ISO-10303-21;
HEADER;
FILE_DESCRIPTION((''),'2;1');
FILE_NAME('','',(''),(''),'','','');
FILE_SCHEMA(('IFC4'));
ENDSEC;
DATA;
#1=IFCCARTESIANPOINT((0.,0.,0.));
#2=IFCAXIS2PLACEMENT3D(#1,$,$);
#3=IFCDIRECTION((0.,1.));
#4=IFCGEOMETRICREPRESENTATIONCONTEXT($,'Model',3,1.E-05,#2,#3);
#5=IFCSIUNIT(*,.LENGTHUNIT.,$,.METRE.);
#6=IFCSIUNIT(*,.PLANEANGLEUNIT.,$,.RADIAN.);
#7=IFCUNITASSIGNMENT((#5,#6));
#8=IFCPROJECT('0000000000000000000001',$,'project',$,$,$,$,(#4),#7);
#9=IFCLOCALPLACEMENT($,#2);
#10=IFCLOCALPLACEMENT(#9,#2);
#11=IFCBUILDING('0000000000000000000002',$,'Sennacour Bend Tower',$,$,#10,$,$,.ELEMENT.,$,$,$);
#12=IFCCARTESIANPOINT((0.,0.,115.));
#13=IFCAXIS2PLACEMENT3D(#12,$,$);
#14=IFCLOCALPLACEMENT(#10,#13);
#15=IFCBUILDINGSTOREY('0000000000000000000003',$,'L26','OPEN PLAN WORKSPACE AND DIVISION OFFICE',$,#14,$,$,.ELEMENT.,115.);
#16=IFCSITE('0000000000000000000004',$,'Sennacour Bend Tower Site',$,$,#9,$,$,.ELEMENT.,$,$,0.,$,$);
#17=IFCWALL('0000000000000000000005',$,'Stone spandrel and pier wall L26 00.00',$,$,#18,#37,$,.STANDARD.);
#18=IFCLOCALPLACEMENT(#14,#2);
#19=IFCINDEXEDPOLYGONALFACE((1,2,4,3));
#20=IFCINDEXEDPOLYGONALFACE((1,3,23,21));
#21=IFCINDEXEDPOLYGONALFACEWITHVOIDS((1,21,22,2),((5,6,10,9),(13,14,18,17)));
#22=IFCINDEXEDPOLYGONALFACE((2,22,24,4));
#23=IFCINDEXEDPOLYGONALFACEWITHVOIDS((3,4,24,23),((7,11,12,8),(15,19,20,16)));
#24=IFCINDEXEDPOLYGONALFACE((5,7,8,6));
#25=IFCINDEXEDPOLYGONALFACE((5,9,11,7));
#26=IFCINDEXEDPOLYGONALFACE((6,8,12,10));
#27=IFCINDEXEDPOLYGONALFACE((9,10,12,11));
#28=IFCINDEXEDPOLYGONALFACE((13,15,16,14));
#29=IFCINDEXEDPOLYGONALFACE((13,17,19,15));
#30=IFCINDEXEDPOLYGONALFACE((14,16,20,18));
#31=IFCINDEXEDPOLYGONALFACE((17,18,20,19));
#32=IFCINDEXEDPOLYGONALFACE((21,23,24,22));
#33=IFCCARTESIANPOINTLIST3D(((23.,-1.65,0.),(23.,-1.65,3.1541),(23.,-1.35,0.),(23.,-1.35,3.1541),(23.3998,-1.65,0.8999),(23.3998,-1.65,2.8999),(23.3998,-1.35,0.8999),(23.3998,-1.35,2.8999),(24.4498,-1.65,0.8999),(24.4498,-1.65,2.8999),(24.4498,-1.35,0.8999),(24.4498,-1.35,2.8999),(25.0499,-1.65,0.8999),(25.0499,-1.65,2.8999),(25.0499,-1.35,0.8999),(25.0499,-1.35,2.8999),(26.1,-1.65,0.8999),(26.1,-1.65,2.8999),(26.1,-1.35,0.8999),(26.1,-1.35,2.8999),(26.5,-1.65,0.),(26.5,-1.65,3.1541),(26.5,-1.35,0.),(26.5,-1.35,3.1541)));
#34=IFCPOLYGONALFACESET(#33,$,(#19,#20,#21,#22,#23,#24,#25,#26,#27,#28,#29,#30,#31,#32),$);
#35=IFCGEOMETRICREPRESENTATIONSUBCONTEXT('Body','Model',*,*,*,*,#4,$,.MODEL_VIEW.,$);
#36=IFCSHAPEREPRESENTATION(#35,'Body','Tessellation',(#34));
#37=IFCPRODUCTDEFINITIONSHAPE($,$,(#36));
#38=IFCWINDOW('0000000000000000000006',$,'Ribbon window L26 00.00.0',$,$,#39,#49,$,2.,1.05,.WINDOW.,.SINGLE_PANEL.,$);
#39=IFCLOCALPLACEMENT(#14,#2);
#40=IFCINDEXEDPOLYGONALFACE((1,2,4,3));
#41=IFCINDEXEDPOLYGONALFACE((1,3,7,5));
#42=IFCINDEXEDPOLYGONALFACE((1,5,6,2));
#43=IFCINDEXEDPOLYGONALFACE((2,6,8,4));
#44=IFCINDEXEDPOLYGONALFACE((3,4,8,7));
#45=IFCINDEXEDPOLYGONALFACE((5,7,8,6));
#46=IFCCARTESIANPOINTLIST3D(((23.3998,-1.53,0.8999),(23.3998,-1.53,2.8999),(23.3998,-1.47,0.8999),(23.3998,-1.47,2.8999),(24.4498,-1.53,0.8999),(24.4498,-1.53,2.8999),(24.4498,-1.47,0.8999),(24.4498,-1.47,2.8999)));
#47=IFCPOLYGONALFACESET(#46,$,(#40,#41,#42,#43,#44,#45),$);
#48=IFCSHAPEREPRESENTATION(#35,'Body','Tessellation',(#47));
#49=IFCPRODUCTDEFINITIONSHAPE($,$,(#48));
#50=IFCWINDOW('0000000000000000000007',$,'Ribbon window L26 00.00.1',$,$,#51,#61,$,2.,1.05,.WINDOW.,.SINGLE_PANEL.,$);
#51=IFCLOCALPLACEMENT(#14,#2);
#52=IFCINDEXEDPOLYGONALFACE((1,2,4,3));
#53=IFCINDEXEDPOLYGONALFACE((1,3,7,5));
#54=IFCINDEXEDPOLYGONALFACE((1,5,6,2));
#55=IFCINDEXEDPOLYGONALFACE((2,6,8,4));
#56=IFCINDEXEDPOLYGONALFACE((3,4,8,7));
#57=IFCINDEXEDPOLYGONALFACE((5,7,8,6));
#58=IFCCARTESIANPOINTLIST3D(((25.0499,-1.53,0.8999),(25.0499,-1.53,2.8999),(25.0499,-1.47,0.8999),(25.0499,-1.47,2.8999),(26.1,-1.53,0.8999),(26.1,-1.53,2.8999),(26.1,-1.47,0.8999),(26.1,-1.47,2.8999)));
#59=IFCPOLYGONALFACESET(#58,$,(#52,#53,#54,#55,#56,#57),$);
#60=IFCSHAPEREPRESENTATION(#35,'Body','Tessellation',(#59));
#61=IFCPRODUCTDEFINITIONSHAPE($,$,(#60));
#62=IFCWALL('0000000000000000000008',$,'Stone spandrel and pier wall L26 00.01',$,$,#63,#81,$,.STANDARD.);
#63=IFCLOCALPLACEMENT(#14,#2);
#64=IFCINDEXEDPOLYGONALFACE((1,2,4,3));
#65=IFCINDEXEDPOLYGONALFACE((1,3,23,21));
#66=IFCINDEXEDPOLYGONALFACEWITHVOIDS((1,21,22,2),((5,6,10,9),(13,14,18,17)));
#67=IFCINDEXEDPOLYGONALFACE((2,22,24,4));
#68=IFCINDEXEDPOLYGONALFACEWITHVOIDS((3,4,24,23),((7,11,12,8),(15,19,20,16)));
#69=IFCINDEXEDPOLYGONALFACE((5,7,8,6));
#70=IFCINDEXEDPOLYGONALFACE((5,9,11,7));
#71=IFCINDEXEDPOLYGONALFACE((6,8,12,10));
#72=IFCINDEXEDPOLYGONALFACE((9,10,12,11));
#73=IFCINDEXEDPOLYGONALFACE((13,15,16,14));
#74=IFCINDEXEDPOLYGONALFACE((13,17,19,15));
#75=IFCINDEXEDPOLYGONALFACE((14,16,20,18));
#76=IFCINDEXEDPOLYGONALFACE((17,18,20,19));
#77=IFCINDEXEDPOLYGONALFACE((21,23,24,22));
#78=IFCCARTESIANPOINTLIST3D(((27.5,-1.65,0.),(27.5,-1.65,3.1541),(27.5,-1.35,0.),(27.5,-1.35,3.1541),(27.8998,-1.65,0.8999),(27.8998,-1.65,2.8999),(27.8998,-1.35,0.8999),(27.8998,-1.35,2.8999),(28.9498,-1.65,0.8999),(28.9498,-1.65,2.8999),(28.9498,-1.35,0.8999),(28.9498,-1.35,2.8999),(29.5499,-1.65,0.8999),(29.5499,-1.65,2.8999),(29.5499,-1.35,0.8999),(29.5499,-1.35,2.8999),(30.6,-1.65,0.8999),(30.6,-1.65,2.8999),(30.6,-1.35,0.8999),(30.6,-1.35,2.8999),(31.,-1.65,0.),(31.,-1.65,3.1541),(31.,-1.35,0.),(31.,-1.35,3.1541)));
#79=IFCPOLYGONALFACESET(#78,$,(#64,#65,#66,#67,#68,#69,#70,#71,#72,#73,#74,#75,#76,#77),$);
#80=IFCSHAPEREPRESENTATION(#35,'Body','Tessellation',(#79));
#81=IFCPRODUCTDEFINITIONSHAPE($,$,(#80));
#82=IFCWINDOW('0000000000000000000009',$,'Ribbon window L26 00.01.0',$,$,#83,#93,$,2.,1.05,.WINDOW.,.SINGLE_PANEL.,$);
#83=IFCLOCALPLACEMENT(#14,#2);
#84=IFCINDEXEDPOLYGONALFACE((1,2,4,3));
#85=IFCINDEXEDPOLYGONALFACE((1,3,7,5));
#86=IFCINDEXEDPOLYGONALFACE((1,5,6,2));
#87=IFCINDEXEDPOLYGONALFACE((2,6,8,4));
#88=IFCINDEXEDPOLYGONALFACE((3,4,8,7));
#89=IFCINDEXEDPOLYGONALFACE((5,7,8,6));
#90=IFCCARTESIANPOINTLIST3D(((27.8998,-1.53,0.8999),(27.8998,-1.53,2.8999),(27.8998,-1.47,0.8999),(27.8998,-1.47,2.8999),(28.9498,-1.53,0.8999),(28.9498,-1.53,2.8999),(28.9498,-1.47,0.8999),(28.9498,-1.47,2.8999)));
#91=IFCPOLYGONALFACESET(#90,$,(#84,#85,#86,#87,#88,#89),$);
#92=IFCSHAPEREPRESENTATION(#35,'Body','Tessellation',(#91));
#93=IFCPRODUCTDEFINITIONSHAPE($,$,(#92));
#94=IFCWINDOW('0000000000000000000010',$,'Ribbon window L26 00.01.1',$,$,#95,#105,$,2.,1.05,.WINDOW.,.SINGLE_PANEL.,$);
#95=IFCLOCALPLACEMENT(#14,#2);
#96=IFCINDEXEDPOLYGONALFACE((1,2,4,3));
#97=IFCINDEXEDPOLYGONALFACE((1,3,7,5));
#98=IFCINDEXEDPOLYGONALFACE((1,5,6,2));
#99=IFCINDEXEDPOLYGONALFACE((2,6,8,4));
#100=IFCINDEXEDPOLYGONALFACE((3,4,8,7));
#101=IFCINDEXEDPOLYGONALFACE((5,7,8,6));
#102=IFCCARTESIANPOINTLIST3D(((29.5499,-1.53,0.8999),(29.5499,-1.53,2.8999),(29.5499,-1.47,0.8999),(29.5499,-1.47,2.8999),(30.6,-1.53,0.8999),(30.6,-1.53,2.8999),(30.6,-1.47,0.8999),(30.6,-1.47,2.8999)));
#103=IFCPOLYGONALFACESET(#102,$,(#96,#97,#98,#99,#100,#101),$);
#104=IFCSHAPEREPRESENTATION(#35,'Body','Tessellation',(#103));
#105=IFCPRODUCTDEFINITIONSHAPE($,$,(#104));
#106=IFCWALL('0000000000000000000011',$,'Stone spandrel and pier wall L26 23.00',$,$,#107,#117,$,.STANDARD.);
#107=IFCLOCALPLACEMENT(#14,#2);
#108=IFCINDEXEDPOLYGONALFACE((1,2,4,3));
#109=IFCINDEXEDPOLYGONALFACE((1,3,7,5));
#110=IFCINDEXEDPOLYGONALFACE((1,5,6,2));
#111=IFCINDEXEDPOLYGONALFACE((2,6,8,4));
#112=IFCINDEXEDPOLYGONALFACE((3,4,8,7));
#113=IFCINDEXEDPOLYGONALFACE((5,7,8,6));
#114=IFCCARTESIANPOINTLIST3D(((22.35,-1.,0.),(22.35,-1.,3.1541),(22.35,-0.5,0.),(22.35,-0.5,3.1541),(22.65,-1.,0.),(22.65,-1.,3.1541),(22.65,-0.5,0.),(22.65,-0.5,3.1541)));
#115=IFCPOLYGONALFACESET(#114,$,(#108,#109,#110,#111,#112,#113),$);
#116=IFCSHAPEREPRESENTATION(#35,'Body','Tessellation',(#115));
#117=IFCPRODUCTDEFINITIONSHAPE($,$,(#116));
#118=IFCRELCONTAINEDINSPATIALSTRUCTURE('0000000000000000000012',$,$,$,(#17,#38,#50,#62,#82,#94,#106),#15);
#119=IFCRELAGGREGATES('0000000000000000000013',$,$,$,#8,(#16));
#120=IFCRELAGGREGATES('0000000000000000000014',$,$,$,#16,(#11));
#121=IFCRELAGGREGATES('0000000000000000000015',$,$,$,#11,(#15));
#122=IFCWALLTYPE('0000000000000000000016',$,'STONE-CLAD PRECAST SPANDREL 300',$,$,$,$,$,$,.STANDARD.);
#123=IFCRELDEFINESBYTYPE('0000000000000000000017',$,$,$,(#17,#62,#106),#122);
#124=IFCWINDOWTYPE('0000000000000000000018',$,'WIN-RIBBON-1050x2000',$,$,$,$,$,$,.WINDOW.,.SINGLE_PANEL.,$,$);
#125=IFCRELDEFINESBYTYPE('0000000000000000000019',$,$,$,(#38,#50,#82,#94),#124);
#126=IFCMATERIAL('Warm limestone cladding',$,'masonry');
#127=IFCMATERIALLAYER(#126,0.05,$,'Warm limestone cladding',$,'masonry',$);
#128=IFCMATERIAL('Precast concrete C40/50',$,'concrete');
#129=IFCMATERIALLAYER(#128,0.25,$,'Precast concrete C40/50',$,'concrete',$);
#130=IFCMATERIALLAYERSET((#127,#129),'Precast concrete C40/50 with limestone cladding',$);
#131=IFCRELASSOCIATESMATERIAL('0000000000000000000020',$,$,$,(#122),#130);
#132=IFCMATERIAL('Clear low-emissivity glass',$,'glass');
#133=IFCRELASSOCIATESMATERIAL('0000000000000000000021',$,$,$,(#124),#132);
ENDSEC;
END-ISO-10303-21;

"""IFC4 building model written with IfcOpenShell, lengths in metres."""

from ifc_helpers import new_model, si_unit, direction, frame, frame_2d, origin, place, context, subcontext, project, spatial, rectangle, extrude, material, layer, layer_set, type_object, element, fill, save


model = new_model("IFC4")

# Units and contexts
model_context = context("Model", 3, precision=1e-05, world=origin(), true_north=direction((0.0, 1.0)))
body_context = subcontext(model_context, "Body", "Model", "MODEL_VIEW")
ifc_project = project(units=[si_unit("LENGTHUNIT", "METRE"), si_unit("PLANEANGLEUNIT", "RADIAN")], contexts=[model_context])

# Site, building, storey
site_placement = place(None, origin())
site = spatial("IfcSite", under=ifc_project, at=site_placement, Name="Sennacour Bend Tower Site", CompositionType="ELEMENT", RefElevation=0.0)
building_placement = place(site_placement, origin())
building = spatial("IfcBuilding", under=site, at=building_placement, Name="Sennacour Bend Tower", CompositionType="ELEMENT")
storey_placement = place(building_placement, frame((0.0, 0.0, 115.0)))
storey = spatial("IfcBuildingStorey", under=building, at=storey_placement, Name="L26", Description="OPEN PLAN WORKSPACE AND DIVISION OFFICE", CompositionType="ELEMENT", Elevation=115.0)

# Walls, openings, windows
ifc_material_1 = material(Name="Warm limestone cladding", Category="masonry")
ifc_layer_1 = layer(ifc_material_1, 0.05, Name="Warm limestone cladding", Category="masonry")
ifc_material_2 = material(Name="Precast concrete C40/50", Category="concrete")
ifc_layer_2 = layer(ifc_material_2, 0.25, Name="Precast concrete C40/50", Category="concrete")
ifc_layer_set_1 = layer_set([ifc_layer_1, ifc_layer_2], Name="Precast concrete C40/50 with limestone cladding")
wall_type_1 = type_object("IfcWallType", Name="STONE-CLAD PRECAST SPANDREL 300", PredefinedType="STANDARD", material=ifc_layer_set_1)
wall_1_placement = place(storey_placement, frame((23.0, -1.5, 0.0), z_axis=(0.0, 0.0, 1.0), x_axis=(1.0, 0.0, 0.0)))
wall_1 = element("IfcWall", 1, at=wall_1_placement, inside=storey, type_object=wall_type_1, Name="Stone spandrel and pier wall L26 00.00", PredefinedType="STANDARD", context=body_context, shape_type="SweptSolid", body=[
    extrude(rectangle(XDim=3.5, YDim=0.3, at=frame_2d((1.75, 0.0))), origin(), (0.0, 0.0, 1.0), 3.1541),
])
opening_1_placement = place(wall_1_placement, frame((0.3999, 0.0, 0.8999)))
opening_1 = element("IfcOpeningElement", 2, at=opening_1_placement, cuts=wall_1, PredefinedType="OPENING", context=body_context, shape_type="SweptSolid", body=[
    extrude(rectangle(XDim=1.05, YDim=2.0, at=frame_2d((0.5249, 1.0))), frame((0.0, 0.1602, 0.0), z_axis=(0.0, -1.0, 0.0), x_axis=(1.0, 0.0, 0.0)), (0.0, 0.0, 1.0), 0.3201),
])
opening_2_placement = place(wall_1_placement, frame((2.05, 0.0, 0.8999)))
opening_2 = element("IfcOpeningElement", 3, at=opening_2_placement, cuts=wall_1, PredefinedType="OPENING", context=body_context, shape_type="SweptSolid", body=[
    extrude(rectangle(XDim=1.05, YDim=2.0, at=frame_2d((0.5249, 1.0))), frame((0.0, 0.1602, 0.0), z_axis=(0.0, -1.0, 0.0), x_axis=(1.0, 0.0, 0.0)), (0.0, 0.0, 1.0), 0.3201),
])
ifc_material_3 = material(Name="Clear low-emissivity glass", Category="glass")
window_type = type_object("IfcWindowType", Name="WIN-RIBBON-1050x2000", PartitioningType="SINGLE_PANEL", PredefinedType="WINDOW", material=ifc_material_3)
window_1_placement = place(opening_1_placement, origin())
window_1 = element("IfcWindow", 4, at=window_1_placement, inside=storey, type_object=window_type, Name="Ribbon window L26 00.00.0", OverallHeight=2.0, OverallWidth=1.05, PartitioningType="SINGLE_PANEL", PredefinedType="WINDOW", context=body_context, shape_type="SweptSolid", body=[
    extrude(rectangle(XDim=1.05, YDim=2.0, at=frame_2d((0.5249, 1.0))), frame((0.0, 0.03, 0.0), z_axis=(0.0, -1.0, 0.0), x_axis=(1.0, 0.0, 0.0)), (0.0, 0.0, 1.0), 0.0601),
])
fill(opening_1, window_1)
window_2_placement = place(opening_2_placement, origin())
window_2 = element("IfcWindow", 5, at=window_2_placement, inside=storey, type_object=window_type, Name="Ribbon window L26 00.00.1", OverallHeight=2.0, OverallWidth=1.05, PartitioningType="SINGLE_PANEL", PredefinedType="WINDOW", context=body_context, shape_type="SweptSolid", body=[
    extrude(rectangle(XDim=1.05, YDim=2.0, at=frame_2d((0.5249, 1.0))), frame((0.0, 0.03, 0.0), z_axis=(0.0, -1.0, 0.0), x_axis=(1.0, 0.0, 0.0)), (0.0, 0.0, 1.0), 0.0601),
])
fill(opening_2, window_2)
wall_2_placement = place(storey_placement, frame((27.5, -1.5, 0.0), z_axis=(0.0, 0.0, 1.0), x_axis=(1.0, 0.0, 0.0)))
wall_2 = element("IfcWall", 6, at=wall_2_placement, inside=storey, type_object=wall_type_1, Name="Stone spandrel and pier wall L26 00.01", PredefinedType="STANDARD", context=body_context, shape_type="SweptSolid", body=[
    extrude(rectangle(XDim=3.5, YDim=0.3, at=frame_2d((1.75, 0.0))), origin(), (0.0, 0.0, 1.0), 3.1541),
])
opening_3_placement = place(wall_2_placement, frame((0.3999, 0.0, 0.8999)))
opening_3 = element("IfcOpeningElement", 7, at=opening_3_placement, cuts=wall_2, PredefinedType="OPENING", context=body_context, shape_type="SweptSolid", body=[
    extrude(rectangle(XDim=1.05, YDim=2.0, at=frame_2d((0.5249, 1.0))), frame((0.0, 0.1602, 0.0), z_axis=(0.0, -1.0, 0.0), x_axis=(1.0, 0.0, 0.0)), (0.0, 0.0, 1.0), 0.3201),
])
opening_4_placement = place(wall_2_placement, frame((2.05, 0.0, 0.8999)))
opening_4 = element("IfcOpeningElement", 8, at=opening_4_placement, cuts=wall_2, PredefinedType="OPENING", context=body_context, shape_type="SweptSolid", body=[
    extrude(rectangle(XDim=1.05, YDim=2.0, at=frame_2d((0.5249, 1.0))), frame((0.0, 0.1602, 0.0), z_axis=(0.0, -1.0, 0.0), x_axis=(1.0, 0.0, 0.0)), (0.0, 0.0, 1.0), 0.3201),
])
window_3_placement = place(opening_3_placement, origin())
window_3 = element("IfcWindow", 9, at=window_3_placement, inside=storey, type_object=window_type, Name="Ribbon window L26 00.01.0", OverallHeight=2.0, OverallWidth=1.05, PartitioningType="SINGLE_PANEL", PredefinedType="WINDOW", context=body_context, shape_type="SweptSolid", body=[
    extrude(rectangle(XDim=1.05, YDim=2.0, at=frame_2d((0.5249, 1.0))), frame((0.0, 0.03, 0.0), z_axis=(0.0, -1.0, 0.0), x_axis=(1.0, 0.0, 0.0)), (0.0, 0.0, 1.0), 0.0601),
])
fill(opening_3, window_3)
window_4_placement = place(opening_4_placement, origin())
window_4 = element("IfcWindow", 10, at=window_4_placement, inside=storey, type_object=window_type, Name="Ribbon window L26 00.01.1", OverallHeight=2.0, OverallWidth=1.05, PartitioningType="SINGLE_PANEL", PredefinedType="WINDOW", context=body_context, shape_type="SweptSolid", body=[
    extrude(rectangle(XDim=1.05, YDim=2.0, at=frame_2d((0.5249, 1.0))), frame((0.0, 0.03, 0.0), z_axis=(0.0, -1.0, 0.0), x_axis=(1.0, 0.0, 0.0)), (0.0, 0.0, 1.0), 0.0601),
])
fill(opening_4, window_4)

# Wall
wall_3_placement = place(storey_placement, frame((22.5, -0.5, 0.0), z_axis=(0.0, 0.0, 1.0), x_axis=(0.0, -1.0, 0.0)))
element("IfcWall", 11, at=wall_3_placement, inside=storey, type_object=wall_type_1, Name="Stone spandrel and pier wall L26 23.00", PredefinedType="STANDARD", context=body_context, shape_type="SweptSolid", body=[
    extrude(rectangle(XDim=0.5, YDim=0.3, at=frame_2d((0.25, 0.0))), origin(), (0.0, 0.0, 1.0), 3.1541),
])

save(model, "model.ifc")
